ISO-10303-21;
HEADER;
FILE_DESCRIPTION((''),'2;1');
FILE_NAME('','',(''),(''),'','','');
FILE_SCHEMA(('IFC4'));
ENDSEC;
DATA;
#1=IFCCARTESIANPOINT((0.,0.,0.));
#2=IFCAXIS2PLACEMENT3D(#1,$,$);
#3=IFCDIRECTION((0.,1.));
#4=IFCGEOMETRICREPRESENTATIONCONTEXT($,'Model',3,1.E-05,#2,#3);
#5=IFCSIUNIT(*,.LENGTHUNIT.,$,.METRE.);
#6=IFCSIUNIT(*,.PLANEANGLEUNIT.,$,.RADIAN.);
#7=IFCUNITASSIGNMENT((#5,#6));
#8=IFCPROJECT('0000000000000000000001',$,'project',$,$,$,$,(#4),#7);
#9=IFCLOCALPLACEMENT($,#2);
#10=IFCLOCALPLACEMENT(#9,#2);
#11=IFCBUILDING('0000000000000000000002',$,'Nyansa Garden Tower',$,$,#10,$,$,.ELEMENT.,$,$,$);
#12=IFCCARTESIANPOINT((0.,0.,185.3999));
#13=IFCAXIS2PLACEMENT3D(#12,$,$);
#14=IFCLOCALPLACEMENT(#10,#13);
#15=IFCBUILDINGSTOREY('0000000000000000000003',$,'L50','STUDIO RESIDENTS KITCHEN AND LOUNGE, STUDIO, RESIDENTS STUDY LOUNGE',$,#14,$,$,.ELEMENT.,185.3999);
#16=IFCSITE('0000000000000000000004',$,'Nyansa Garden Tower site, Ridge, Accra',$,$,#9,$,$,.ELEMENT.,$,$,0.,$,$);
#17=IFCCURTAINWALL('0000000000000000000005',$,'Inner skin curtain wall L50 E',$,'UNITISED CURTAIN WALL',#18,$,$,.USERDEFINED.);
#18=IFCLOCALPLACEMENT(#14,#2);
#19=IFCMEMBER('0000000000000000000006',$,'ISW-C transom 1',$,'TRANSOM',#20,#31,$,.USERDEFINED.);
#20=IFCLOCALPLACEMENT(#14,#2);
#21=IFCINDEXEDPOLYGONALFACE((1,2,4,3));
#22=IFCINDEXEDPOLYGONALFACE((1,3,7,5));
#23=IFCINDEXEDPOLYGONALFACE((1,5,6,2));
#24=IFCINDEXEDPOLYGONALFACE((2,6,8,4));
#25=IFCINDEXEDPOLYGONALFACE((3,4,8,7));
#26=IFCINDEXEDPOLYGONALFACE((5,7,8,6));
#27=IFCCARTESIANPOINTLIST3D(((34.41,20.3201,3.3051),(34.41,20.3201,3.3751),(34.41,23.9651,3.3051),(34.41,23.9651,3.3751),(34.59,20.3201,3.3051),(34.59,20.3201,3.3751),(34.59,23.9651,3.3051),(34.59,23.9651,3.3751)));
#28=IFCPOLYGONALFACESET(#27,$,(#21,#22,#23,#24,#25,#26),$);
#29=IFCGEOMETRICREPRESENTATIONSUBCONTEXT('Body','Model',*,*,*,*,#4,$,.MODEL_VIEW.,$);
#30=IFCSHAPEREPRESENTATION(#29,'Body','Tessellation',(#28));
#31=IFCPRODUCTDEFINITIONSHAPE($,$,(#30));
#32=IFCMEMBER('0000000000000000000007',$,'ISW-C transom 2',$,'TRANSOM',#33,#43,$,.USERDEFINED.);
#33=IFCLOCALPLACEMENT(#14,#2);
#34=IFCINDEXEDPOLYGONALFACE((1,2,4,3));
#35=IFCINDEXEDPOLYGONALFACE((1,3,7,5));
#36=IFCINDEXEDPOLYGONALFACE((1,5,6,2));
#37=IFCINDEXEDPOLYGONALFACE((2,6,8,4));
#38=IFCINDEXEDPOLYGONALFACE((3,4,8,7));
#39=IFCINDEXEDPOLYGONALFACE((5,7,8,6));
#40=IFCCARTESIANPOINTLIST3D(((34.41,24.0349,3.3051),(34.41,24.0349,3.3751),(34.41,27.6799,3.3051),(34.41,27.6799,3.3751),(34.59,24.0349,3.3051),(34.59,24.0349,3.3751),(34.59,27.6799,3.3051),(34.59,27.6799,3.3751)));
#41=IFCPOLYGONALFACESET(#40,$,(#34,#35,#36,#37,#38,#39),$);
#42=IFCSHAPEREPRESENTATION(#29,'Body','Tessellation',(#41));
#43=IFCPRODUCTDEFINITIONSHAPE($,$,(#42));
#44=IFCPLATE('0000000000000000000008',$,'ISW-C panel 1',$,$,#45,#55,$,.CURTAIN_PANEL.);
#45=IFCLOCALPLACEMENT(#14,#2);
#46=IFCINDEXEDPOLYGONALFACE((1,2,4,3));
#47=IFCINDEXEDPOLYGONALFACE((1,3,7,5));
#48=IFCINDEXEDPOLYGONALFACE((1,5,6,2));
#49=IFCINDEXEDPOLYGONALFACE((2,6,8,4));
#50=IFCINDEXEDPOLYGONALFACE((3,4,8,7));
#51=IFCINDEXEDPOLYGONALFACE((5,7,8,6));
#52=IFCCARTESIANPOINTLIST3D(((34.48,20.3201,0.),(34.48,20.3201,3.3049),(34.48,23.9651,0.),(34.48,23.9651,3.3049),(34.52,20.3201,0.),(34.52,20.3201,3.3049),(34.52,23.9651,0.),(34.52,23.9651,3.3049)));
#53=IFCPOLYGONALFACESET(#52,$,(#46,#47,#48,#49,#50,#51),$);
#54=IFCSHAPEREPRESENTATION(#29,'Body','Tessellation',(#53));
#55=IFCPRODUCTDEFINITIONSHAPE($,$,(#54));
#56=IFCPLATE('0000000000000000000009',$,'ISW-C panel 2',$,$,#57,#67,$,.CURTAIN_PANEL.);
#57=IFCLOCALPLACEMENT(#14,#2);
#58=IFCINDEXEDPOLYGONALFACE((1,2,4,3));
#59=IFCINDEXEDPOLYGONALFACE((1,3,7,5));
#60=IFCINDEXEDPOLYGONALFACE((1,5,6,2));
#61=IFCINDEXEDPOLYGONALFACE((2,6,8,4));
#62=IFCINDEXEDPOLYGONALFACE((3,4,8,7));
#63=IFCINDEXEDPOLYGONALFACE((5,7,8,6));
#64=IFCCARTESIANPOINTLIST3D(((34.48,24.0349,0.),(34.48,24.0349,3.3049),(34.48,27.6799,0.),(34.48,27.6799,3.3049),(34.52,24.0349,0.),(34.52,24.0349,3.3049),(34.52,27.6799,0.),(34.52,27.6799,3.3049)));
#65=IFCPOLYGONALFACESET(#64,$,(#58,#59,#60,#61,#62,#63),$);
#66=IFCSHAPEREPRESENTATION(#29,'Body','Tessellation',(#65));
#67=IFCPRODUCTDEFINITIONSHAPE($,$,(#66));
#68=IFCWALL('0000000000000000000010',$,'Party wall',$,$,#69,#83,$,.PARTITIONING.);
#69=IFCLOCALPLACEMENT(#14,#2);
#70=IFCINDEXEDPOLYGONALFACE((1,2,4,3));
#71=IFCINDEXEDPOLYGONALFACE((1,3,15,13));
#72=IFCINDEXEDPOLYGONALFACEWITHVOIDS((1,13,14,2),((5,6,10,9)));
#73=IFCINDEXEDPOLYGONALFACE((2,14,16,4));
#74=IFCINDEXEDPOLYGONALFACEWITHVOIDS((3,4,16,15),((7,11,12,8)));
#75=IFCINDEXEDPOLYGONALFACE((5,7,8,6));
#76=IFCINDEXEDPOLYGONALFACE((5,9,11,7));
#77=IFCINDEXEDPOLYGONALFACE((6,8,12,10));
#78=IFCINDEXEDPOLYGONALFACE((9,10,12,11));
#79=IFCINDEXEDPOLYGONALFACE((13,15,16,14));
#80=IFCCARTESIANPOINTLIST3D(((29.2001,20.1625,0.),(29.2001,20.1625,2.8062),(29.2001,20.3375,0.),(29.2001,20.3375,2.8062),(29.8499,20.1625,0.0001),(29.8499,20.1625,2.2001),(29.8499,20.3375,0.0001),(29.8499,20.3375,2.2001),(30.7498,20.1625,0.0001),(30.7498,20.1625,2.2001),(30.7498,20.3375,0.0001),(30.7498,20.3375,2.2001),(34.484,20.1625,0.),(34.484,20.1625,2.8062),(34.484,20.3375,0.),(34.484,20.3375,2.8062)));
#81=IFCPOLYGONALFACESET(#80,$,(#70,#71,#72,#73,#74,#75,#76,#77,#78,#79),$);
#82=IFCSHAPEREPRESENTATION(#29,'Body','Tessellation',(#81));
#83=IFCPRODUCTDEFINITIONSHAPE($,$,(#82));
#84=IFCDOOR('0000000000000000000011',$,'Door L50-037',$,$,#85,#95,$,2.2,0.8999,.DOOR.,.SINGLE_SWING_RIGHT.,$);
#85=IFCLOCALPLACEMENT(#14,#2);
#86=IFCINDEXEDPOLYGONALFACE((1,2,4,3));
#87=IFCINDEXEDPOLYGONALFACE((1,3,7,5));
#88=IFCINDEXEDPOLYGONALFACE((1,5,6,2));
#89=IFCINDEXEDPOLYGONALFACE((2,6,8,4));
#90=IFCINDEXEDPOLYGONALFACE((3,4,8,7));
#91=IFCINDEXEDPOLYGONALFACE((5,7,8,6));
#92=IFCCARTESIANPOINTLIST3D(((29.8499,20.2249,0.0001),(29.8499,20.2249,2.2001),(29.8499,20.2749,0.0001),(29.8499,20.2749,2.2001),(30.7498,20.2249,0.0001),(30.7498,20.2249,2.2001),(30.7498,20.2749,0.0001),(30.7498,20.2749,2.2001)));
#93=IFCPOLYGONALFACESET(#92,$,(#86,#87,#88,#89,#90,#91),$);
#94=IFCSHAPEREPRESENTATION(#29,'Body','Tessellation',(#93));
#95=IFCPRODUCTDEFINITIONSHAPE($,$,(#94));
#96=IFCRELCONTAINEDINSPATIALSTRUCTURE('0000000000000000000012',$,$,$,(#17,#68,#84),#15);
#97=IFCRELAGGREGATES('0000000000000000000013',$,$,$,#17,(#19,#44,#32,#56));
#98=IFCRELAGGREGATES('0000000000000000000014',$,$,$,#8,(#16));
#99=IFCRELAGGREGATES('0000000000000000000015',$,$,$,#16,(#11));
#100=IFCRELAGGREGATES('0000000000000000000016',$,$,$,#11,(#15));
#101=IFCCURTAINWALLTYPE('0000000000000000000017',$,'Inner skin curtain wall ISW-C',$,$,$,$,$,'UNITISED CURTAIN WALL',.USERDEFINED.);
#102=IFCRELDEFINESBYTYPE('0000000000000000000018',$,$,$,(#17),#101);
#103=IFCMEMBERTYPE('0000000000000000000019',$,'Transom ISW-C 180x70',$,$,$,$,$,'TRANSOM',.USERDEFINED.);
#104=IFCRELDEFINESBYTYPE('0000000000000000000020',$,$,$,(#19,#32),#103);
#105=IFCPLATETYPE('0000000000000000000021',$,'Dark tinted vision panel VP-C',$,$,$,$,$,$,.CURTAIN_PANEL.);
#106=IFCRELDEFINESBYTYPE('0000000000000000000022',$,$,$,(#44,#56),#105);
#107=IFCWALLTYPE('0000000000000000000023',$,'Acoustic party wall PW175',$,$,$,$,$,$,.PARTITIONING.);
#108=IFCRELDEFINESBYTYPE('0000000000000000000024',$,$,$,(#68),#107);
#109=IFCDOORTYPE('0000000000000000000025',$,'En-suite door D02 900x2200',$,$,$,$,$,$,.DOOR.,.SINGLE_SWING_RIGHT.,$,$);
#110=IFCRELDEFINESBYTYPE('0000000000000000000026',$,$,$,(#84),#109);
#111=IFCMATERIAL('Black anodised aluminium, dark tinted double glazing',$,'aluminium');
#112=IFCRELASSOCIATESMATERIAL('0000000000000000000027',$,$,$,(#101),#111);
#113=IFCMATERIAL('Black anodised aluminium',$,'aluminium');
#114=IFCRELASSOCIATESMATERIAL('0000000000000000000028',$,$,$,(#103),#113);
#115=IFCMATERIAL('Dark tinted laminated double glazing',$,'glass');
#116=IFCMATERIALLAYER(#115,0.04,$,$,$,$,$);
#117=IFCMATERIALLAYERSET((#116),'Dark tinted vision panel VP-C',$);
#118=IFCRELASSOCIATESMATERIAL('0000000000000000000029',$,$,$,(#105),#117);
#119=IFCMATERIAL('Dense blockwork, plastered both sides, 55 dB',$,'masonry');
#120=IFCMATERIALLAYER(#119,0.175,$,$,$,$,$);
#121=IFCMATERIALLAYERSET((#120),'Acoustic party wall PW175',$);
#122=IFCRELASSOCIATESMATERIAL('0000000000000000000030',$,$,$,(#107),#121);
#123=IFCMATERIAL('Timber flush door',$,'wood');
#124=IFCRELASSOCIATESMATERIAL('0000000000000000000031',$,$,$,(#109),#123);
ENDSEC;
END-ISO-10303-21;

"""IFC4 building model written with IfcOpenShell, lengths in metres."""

from ifc_helpers import new_model, si_unit, direction, frame, frame_2d, origin, origin_2d, place, context, subcontext, project, spatial, rectangle, extrude, material, layer, layer_set, material_profile, profile_set, type_object, element, fill, aggregate, save


model = new_model("IFC4")

# Units and contexts
model_context = context("Model", 3, precision=1e-05, world=origin(), true_north=direction((0.0, 1.0)))
body_context = subcontext(model_context, "Body", "Model", "MODEL_VIEW")
ifc_project = project(units=[si_unit("LENGTHUNIT", "METRE"), si_unit("PLANEANGLEUNIT", "RADIAN")], contexts=[model_context])

# Site, building, storey
site_placement = place(None, origin())
site = spatial("IfcSite", under=ifc_project, at=site_placement, Name="Nyansa Garden Tower site, Ridge, Accra", CompositionType="ELEMENT", RefElevation=0.0)
building_placement = place(site_placement, origin())
building = spatial("IfcBuilding", under=site, at=building_placement, Name="Nyansa Garden Tower", CompositionType="ELEMENT")
storey_placement = place(building_placement, frame((0.0, 0.0, 185.3999)))
storey = spatial("IfcBuildingStorey", under=building, at=storey_placement, Name="L50", Description="STUDIO RESIDENTS KITCHEN AND LOUNGE, STUDIO, RESIDENTS STUDY LOUNGE", CompositionType="ELEMENT", Elevation=185.3999)

# Curtain wall
ifc_material_1 = material(Name="Black anodised aluminium, dark tinted double glazing", Category="aluminium")
curtain_wall_type = type_object("IfcCurtainWallType", Name="Inner skin curtain wall ISW-C", ElementType="UNITISED CURTAIN WALL", PredefinedType="USERDEFINED", material=ifc_material_1)
curtain_wall_placement = place(storey_placement, origin())
curtain_wall = element("IfcCurtainWall", 1, at=curtain_wall_placement, inside=storey, type_object=curtain_wall_type, Name="Inner skin curtain wall L50 E", ObjectType="UNITISED CURTAIN WALL", PredefinedType="USERDEFINED")

# Members
ifc_material_2 = material(Name="Black anodised aluminium", Category="aluminium")
ifc_material_profile_1 = material_profile(ifc_material_2, rectangle(XDim=0.1799, YDim=0.0701, at=origin_2d()), Name="Transom 180x70")
ifc_profile_set_1 = profile_set([ifc_material_profile_1], Name="Black anodised aluminium")
member_type_1 = type_object("IfcMemberType", Name="Transom ISW-C 180x70", ElementType="TRANSOM", PredefinedType="USERDEFINED", material=ifc_profile_set_1)
member_1_placement = place(storey_placement, frame((34.5, 20.3201, 3.3401), z_axis=(0.0, 1.0, 0.0), x_axis=(-1.0, 0.0, 0.0)))
member_1 = element("IfcMember", 2, at=member_1_placement, type_object=member_type_1, Name="ISW-C transom 1", ObjectType="TRANSOM", PredefinedType="USERDEFINED", context=body_context, shape_type="SweptSolid", body=[
    extrude(rectangle(XDim=0.1799, YDim=0.0701, at=origin_2d()), origin(), (0.0, 0.0, 1.0), 3.645),
])
member_2_placement = place(storey_placement, frame((34.5, 24.0349, 3.3401), z_axis=(0.0, 1.0, 0.0), x_axis=(-1.0, 0.0, 0.0)))
member_2 = element("IfcMember", 3, at=member_2_placement, type_object=member_type_1, Name="ISW-C transom 2", ObjectType="TRANSOM", PredefinedType="USERDEFINED", context=body_context, shape_type="SweptSolid", body=[
    extrude(rectangle(XDim=0.1799, YDim=0.0701, at=origin_2d()), origin(), (0.0, 0.0, 1.0), 3.645),
])

# Plates
ifc_material_3 = material(Name="Dark tinted laminated double glazing", Category="glass")
ifc_layer_1 = layer(ifc_material_3, 0.04)
ifc_layer_set_1 = layer_set([ifc_layer_1], Name="Dark tinted vision panel VP-C")
plate_type = type_object("IfcPlateType", Name="Dark tinted vision panel VP-C", PredefinedType="CURTAIN_PANEL", material=ifc_layer_set_1)
plate_1_placement = place(storey_placement, frame((34.5, 22.1426, 0.0), z_axis=(0.0, 0.0, 1.0), x_axis=(0.0, 1.0, 0.0)))
plate_1 = element("IfcPlate", 4, at=plate_1_placement, type_object=plate_type, Name="ISW-C panel 1", PredefinedType="CURTAIN_PANEL", context=body_context, shape_type="SweptSolid", body=[
    extrude(rectangle(XDim=3.645, YDim=0.04, at=origin_2d()), origin(), (0.0, 0.0, 1.0), 3.3049),
])
plate_2_placement = place(storey_placement, frame((34.5, 25.8574, 0.0), z_axis=(0.0, 0.0, 1.0), x_axis=(0.0, 1.0, 0.0)))
plate_2 = element("IfcPlate", 5, at=plate_2_placement, type_object=plate_type, Name="ISW-C panel 2", PredefinedType="CURTAIN_PANEL", context=body_context, shape_type="SweptSolid", body=[
    extrude(rectangle(XDim=3.645, YDim=0.04, at=origin_2d()), origin(), (0.0, 0.0, 1.0), 3.3049),
])
aggregate(curtain_wall, [member_1, plate_1, member_2, plate_2])

# Wall, opening, door
ifc_material_4 = material(Name="Dense blockwork, plastered both sides, 55 dB", Category="masonry")
ifc_layer_2 = layer(ifc_material_4, 0.175)
ifc_layer_set_2 = layer_set([ifc_layer_2], Name="Acoustic party wall PW175")
wall_type_1 = type_object("IfcWallType", Name="Acoustic party wall PW175", PredefinedType="PARTITIONING", material=ifc_layer_set_2)
wall_1_placement = place(storey_placement, frame((29.2, 20.25, 0.0), z_axis=(0.0, 0.0, 1.0), x_axis=(1.0, 0.0, 0.0)))
wall_1 = element("IfcWall", 6, at=wall_1_placement, inside=storey, type_object=wall_type_1, Name="Party wall", PredefinedType="PARTITIONING", context=body_context, shape_type="SweptSolid", body=[
    extrude(rectangle(XDim=5.2839, YDim=0.175, at=frame_2d((2.6421, 0.0))), origin(), (0.0, 0.0, 1.0), 2.8062),
])
opening_1_placement = place(wall_1_placement, frame((0.6499, 0.0, 0.0)))
opening_1 = element("IfcOpeningElement", 7, at=opening_1_placement, cuts=wall_1, PredefinedType="OPENING", context=body_context, shape_type="SweptSolid", body=[
    extrude(rectangle(XDim=0.8999, YDim=2.2, at=frame_2d((0.45, 1.1001))), frame((0.0, 0.0974, 0.0), z_axis=(0.0, -1.0, 0.0), x_axis=(1.0, 0.0, 0.0)), (0.0, 0.0, 1.0), 0.1951),
])
ifc_material_5 = material(Name="Timber flush door", Category="wood")
door_type_1 = type_object("IfcDoorType", Name="En-suite door D02 900x2200", OperationType="SINGLE_SWING_RIGHT", PredefinedType="DOOR", material=ifc_material_5)
door_1_placement = place(opening_1_placement, origin())
door_1 = element("IfcDoor", 8, at=door_1_placement, inside=storey, type_object=door_type_1, Name="Door L50-037", OperationType="SINGLE_SWING_RIGHT", OverallHeight=2.2, OverallWidth=0.8999, PredefinedType="DOOR", context=body_context, shape_type="SweptSolid", body=[
    extrude(rectangle(XDim=0.8999, YDim=2.2, at=frame_2d((0.45, 1.1001))), frame((0.0, 0.0249, 0.0), z_axis=(0.0, -1.0, 0.0), x_axis=(1.0, 0.0, 0.0)), (0.0, 0.0, 1.0), 0.05),
])
fill(opening_1, door_1)

save(model, "model.ifc")
